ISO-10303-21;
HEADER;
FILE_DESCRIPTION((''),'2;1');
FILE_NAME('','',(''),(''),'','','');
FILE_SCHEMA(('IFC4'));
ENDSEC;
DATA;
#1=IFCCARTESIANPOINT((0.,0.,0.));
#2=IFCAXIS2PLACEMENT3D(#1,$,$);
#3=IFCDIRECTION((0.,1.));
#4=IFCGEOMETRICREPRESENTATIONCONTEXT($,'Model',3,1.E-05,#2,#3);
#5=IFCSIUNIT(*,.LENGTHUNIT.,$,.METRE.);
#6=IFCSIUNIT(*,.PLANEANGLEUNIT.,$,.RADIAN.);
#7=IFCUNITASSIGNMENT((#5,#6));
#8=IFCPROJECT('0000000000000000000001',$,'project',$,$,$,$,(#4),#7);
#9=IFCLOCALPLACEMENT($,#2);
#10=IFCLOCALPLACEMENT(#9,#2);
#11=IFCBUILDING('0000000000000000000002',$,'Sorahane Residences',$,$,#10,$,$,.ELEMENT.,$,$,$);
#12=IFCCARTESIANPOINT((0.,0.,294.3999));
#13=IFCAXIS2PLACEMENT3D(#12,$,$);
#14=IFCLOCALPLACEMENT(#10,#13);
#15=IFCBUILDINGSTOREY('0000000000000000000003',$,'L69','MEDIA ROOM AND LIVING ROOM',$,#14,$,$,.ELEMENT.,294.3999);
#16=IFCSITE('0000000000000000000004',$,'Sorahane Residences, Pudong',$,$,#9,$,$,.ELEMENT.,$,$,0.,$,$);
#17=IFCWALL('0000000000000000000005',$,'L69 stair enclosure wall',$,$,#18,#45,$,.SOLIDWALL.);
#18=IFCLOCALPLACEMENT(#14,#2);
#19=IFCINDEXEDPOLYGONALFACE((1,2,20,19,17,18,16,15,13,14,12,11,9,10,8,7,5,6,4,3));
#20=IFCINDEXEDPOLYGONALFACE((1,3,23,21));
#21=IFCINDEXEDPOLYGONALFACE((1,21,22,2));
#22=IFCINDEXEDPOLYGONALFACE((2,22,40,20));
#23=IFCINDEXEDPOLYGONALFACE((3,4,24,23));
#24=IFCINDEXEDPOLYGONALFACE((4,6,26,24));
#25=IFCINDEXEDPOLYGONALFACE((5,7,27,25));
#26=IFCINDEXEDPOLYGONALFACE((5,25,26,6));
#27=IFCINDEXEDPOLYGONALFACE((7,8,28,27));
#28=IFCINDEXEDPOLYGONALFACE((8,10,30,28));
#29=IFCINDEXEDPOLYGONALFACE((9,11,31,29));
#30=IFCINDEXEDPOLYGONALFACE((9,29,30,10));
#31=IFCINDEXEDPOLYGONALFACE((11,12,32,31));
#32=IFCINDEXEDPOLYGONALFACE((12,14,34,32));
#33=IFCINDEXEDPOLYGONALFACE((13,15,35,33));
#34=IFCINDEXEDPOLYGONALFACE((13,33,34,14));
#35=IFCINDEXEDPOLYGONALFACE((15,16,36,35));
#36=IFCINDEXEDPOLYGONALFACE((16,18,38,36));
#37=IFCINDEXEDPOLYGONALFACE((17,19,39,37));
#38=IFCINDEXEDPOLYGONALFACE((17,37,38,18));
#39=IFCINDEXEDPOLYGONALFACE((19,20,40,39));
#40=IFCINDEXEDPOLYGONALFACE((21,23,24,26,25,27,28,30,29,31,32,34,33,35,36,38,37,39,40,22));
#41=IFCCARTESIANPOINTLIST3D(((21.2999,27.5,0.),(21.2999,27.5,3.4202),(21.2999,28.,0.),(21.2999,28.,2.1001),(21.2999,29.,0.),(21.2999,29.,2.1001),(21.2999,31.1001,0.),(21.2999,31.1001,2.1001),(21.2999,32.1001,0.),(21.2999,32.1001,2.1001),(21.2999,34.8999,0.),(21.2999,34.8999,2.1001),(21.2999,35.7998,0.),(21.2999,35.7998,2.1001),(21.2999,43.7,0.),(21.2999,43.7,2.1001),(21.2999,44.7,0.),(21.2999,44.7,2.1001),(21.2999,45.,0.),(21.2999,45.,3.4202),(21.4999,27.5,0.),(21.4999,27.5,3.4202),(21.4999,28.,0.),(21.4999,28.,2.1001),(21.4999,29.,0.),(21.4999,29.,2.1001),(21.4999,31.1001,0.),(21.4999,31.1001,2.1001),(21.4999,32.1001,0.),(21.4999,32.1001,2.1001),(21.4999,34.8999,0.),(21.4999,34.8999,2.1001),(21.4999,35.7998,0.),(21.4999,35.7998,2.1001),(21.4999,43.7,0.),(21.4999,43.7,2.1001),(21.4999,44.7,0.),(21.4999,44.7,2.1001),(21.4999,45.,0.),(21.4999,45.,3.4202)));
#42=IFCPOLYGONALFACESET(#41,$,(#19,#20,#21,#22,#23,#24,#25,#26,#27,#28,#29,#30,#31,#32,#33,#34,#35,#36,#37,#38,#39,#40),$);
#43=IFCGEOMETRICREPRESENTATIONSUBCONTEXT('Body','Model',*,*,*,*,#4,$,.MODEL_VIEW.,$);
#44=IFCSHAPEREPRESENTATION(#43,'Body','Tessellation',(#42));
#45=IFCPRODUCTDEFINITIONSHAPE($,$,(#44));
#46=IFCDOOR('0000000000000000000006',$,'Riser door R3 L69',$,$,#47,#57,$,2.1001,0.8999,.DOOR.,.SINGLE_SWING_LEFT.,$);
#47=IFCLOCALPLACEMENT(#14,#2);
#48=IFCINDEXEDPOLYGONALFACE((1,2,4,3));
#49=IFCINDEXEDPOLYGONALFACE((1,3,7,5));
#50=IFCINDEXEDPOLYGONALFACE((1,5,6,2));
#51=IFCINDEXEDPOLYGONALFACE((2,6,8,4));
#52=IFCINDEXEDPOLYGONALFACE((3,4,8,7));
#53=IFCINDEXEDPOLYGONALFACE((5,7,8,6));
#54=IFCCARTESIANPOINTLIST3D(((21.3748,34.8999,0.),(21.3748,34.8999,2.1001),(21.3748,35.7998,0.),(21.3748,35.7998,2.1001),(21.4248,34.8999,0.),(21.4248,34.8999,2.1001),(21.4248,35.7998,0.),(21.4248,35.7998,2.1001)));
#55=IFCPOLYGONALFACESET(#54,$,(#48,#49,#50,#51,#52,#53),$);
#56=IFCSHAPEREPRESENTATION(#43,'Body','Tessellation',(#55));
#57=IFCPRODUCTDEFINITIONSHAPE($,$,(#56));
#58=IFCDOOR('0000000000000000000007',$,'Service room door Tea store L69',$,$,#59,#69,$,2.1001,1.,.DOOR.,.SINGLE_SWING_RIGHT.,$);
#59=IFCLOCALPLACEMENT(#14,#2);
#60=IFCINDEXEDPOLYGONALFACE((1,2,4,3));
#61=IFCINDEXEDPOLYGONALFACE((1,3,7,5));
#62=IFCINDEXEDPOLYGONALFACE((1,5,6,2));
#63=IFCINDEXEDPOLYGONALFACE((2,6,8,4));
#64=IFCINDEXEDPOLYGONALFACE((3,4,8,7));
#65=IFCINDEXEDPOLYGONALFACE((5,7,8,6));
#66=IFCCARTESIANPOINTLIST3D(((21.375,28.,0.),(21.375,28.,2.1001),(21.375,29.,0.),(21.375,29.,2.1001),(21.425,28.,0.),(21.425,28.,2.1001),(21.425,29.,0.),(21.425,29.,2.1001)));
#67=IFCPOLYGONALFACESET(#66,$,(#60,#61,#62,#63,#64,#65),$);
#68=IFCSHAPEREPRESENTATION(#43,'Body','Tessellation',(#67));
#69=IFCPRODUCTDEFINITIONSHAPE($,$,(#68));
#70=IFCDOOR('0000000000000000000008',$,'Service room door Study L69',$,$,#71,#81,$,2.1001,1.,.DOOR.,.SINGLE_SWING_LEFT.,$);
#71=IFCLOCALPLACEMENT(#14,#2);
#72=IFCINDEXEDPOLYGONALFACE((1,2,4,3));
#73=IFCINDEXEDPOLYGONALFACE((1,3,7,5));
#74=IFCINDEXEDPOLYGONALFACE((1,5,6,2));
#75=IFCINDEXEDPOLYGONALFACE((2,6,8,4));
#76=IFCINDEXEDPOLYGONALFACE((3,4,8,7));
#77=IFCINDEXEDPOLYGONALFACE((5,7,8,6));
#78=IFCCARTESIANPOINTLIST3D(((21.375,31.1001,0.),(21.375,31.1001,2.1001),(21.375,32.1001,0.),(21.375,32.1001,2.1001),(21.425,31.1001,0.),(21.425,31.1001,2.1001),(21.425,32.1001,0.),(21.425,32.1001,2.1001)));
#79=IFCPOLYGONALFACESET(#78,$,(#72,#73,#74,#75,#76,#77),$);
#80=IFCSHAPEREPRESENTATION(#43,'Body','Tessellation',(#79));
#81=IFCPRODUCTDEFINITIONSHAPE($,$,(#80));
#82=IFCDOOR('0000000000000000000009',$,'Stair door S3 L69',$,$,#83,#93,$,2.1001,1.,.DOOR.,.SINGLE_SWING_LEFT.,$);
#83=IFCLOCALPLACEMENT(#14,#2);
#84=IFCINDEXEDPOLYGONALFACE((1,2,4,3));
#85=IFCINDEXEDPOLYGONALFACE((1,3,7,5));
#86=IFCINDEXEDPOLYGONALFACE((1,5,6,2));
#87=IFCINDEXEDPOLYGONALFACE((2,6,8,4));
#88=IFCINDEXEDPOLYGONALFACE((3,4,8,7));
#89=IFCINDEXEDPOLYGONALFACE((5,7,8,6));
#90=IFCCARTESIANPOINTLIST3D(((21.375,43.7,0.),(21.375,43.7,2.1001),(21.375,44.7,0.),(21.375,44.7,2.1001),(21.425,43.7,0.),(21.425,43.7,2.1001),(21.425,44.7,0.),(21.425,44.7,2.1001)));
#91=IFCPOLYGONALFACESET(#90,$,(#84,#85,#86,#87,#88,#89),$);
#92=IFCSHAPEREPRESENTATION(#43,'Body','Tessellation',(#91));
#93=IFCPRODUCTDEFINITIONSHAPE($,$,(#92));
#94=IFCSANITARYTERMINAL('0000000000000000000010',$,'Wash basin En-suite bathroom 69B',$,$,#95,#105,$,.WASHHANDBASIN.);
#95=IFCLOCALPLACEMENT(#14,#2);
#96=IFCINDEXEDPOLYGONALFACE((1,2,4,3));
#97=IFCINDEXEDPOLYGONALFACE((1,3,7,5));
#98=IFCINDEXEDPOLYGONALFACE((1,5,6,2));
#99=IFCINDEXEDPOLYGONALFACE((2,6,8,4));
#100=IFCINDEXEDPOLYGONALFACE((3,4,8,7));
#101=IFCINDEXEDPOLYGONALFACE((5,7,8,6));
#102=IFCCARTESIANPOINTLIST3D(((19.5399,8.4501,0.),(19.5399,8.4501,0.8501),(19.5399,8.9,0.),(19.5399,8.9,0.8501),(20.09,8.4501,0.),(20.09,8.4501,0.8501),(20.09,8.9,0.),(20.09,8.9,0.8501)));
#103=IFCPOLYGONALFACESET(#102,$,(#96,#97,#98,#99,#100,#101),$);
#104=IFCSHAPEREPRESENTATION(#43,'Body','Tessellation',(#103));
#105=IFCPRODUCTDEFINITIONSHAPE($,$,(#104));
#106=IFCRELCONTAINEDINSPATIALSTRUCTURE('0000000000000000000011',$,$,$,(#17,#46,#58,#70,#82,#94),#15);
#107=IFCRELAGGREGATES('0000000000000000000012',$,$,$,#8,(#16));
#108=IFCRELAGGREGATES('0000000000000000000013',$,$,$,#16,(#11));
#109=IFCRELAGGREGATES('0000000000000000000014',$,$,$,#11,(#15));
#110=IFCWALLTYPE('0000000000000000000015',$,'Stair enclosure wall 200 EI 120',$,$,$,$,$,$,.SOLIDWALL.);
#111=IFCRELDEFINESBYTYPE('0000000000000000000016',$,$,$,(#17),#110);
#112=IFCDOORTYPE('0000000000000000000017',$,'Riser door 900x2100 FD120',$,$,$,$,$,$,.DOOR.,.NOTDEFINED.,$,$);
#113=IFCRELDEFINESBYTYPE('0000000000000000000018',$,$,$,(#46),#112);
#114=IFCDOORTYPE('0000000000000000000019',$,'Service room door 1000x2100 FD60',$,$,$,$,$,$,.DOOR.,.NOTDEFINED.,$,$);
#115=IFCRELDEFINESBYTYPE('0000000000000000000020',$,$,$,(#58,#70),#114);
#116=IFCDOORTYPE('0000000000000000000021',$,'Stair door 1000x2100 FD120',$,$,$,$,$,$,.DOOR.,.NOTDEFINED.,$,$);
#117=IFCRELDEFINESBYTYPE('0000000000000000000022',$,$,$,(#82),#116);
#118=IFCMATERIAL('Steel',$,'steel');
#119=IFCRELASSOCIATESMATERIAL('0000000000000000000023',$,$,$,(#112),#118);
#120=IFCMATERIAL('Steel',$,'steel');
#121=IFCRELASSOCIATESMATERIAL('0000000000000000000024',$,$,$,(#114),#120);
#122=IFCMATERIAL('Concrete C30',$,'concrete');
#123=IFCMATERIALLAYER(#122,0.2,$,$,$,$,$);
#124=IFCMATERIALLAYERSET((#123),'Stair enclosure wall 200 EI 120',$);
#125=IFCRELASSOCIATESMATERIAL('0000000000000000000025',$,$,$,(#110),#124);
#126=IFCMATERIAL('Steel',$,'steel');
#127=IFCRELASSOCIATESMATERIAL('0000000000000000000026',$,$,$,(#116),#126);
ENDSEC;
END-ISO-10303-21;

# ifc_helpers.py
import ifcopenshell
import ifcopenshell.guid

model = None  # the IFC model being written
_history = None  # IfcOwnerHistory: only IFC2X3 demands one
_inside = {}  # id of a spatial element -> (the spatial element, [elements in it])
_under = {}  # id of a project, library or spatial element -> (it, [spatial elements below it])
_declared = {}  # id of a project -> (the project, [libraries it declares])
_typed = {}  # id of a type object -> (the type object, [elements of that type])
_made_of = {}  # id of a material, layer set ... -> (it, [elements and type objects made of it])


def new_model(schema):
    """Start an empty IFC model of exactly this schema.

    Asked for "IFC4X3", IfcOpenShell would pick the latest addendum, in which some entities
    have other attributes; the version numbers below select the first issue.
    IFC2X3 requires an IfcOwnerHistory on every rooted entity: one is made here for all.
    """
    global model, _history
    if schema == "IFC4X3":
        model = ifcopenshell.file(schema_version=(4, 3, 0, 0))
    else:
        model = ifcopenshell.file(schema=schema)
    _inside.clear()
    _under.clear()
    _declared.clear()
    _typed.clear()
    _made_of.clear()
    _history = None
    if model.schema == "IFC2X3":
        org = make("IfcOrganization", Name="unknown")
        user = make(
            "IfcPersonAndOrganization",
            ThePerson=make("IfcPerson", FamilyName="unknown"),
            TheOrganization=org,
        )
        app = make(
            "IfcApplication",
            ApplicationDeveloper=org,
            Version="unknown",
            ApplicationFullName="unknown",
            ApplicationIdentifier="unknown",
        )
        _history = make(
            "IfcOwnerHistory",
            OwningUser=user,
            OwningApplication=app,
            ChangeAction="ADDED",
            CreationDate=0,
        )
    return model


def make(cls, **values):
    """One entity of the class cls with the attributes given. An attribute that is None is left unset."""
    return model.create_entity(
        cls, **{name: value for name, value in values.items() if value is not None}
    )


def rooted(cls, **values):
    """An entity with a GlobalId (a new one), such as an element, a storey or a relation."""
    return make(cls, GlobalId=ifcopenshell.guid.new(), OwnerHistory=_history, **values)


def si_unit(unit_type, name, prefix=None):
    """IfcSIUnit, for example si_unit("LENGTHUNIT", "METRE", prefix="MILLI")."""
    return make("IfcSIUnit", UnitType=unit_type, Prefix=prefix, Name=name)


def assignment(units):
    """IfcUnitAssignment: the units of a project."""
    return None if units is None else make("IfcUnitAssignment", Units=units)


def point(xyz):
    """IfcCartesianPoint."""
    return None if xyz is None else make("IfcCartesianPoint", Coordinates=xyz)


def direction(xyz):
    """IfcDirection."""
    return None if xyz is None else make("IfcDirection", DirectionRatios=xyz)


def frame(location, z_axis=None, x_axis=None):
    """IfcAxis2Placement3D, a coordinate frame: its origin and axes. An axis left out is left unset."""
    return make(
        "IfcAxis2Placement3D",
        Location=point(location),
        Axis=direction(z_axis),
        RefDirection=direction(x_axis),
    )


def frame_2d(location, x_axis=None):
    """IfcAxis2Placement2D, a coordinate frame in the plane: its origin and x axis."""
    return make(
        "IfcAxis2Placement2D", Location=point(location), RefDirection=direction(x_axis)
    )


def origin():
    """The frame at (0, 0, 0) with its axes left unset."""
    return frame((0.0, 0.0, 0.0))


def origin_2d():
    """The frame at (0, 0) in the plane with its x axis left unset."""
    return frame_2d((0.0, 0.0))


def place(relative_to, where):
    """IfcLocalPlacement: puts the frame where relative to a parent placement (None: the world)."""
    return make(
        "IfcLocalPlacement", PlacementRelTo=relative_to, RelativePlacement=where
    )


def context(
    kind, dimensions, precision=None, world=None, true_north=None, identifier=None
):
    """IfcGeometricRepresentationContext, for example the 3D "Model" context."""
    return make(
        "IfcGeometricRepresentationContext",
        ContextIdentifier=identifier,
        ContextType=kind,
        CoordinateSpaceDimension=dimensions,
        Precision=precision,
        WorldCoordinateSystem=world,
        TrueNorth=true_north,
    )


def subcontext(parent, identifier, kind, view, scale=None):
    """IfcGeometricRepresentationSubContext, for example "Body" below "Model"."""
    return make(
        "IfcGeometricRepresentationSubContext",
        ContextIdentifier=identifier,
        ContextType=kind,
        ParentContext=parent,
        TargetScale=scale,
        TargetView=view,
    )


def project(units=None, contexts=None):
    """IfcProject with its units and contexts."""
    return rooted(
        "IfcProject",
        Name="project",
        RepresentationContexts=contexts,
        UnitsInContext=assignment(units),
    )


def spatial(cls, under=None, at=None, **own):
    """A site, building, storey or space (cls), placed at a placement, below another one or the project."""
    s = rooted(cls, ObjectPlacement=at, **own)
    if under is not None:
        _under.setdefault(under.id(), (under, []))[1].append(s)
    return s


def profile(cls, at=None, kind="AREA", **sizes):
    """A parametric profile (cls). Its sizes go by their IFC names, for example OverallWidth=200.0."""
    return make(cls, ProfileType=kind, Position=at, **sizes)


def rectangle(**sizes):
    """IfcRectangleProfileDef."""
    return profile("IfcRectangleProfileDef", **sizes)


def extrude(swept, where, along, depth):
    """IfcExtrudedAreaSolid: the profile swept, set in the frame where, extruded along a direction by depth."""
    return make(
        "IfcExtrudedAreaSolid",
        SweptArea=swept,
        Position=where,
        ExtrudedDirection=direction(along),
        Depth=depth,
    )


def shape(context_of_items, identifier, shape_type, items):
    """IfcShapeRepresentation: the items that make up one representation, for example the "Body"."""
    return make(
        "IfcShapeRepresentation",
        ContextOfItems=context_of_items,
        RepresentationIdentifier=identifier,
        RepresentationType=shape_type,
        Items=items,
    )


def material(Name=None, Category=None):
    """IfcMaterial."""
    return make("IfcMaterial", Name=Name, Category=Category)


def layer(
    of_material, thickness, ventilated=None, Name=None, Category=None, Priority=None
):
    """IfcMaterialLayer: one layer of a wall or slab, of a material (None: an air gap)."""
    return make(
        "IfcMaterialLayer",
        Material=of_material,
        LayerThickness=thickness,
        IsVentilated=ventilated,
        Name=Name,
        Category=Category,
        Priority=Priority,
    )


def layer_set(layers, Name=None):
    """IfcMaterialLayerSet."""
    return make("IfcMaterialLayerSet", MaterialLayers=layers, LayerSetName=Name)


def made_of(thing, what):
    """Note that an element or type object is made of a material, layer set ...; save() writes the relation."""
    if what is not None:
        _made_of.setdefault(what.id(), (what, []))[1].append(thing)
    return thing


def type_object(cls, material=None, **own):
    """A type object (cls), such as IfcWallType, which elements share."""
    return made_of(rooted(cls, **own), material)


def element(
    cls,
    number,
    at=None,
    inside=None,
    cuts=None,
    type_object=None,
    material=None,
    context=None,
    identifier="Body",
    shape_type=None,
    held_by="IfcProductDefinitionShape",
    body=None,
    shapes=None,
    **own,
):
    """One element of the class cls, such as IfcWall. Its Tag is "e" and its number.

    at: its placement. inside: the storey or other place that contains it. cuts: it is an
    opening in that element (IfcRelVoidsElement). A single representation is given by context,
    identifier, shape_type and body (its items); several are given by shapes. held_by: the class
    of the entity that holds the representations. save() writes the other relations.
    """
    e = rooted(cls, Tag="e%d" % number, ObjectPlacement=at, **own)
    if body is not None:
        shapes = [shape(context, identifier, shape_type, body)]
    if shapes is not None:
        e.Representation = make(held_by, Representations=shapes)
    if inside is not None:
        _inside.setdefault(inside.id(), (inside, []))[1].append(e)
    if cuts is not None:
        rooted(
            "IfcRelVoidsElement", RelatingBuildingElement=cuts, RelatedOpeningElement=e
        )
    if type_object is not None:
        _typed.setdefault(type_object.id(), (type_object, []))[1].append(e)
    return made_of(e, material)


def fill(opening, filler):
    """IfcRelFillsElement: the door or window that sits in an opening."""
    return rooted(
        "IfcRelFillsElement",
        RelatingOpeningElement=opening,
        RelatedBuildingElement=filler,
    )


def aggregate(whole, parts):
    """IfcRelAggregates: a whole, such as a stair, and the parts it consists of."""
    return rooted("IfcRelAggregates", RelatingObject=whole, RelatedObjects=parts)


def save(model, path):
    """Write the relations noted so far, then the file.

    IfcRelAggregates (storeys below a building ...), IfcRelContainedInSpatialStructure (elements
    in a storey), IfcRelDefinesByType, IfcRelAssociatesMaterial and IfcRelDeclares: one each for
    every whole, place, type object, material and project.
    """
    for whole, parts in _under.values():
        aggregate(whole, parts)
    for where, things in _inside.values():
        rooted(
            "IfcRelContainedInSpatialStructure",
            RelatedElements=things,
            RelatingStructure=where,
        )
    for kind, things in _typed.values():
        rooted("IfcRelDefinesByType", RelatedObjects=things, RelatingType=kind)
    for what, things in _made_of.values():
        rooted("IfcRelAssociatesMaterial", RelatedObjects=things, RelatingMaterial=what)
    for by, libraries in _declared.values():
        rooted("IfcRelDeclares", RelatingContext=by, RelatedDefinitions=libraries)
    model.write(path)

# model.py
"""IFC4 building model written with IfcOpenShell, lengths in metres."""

from ifc_helpers import new_model, si_unit, direction, frame, frame_2d, origin, origin_2d, place, context, subcontext, project, spatial, rectangle, extrude, material, layer, layer_set, type_object, element, fill, save


model = new_model("IFC4")

# Units and contexts
model_context = context("Model", 3, precision=1e-05, world=origin(), true_north=direction((0.0, 1.0)))
body_context = subcontext(model_context, "Body", "Model", "MODEL_VIEW")
ifc_project = project(units=[si_unit("LENGTHUNIT", "METRE"), si_unit("PLANEANGLEUNIT", "RADIAN")], contexts=[model_context])

# Site, building, storey
site_placement = place(None, origin())
site = spatial("IfcSite", under=ifc_project, at=site_placement, Name="Sorahane Residences, Pudong", CompositionType="ELEMENT", RefElevation=0.0)
building_placement = place(site_placement, origin())
building = spatial("IfcBuilding", under=site, at=building_placement, Name="Sorahane Residences", CompositionType="ELEMENT")
storey_placement = place(building_placement, frame((0.0, 0.0, 294.3999)))
storey = spatial("IfcBuildingStorey", under=building, at=storey_placement, Name="L69", Description="MEDIA ROOM AND LIVING ROOM", CompositionType="ELEMENT", Elevation=294.3999)

# Wall, openings, doors
ifc_material_1 = material(Name="Steel", Category="steel")
door_type_1 = type_object("IfcDoorType", Name="Riser door 900x2100 FD120", OperationType="NOTDEFINED", PredefinedType="DOOR", material=ifc_material_1)
ifc_material_2 = material(Name="Steel", Category="steel")
door_type_2 = type_object("IfcDoorType", Name="Service room door 1000x2100 FD60", OperationType="NOTDEFINED", PredefinedType="DOOR", material=ifc_material_2)
ifc_material_3 = material(Name="Concrete C30", Category="concrete")
ifc_layer_1 = layer(ifc_material_3, 0.2)
ifc_layer_set_1 = layer_set([ifc_layer_1], Name="Stair enclosure wall 200 EI 120")
wall_type_1 = type_object("IfcWallType", Name="Stair enclosure wall 200 EI 120", PredefinedType="SOLIDWALL", material=ifc_layer_set_1)
wall_1_placement = place(storey_placement, frame((21.3999, 27.5, 0.0), z_axis=(0.0, 0.0, 1.0), x_axis=(0.0, 1.0, 0.0)))
wall_1 = element("IfcWall", 1, at=wall_1_placement, inside=storey, type_object=wall_type_1, Name="L69 stair enclosure wall", PredefinedType="SOLIDWALL", context=body_context, shape_type="SweptSolid", body=[
    extrude(rectangle(XDim=17.5, YDim=0.2, at=frame_2d((8.75, 0.0))), origin(), (0.0, 0.0, 1.0), 3.4202),
])
opening_1_placement = place(wall_1_placement, frame((0.5, 0.0, 0.0)))
opening_1 = element("IfcOpeningElement", 2, at=opening_1_placement, cuts=wall_1, PredefinedType="OPENING", context=body_context, shape_type="SweptSolid", body=[
    extrude(rectangle(XDim=1.0, YDim=2.1001, at=frame_2d((0.5, 1.05))), frame((0.0, 0.1099, 0.0), z_axis=(0.0, -1.0, 0.0), x_axis=(1.0, 0.0, 0.0)), (0.0, 0.0, 1.0), 0.22),
])
opening_2_placement = place(wall_1_placement, frame((3.6001, 0.0, 0.0)))
opening_2 = element("IfcOpeningElement", 3, at=opening_2_placement, cuts=wall_1, PredefinedType="OPENING", context=body_context, shape_type="SweptSolid", body=[
    extrude(rectangle(XDim=1.0, YDim=2.1001, at=frame_2d((0.5, 1.05))), frame((0.0, 0.1099, 0.0), z_axis=(0.0, -1.0, 0.0), x_axis=(1.0, 0.0, 0.0)), (0.0, 0.0, 1.0), 0.22),
])
opening_3_placement = place(wall_1_placement, frame((16.2, 0.0, 0.0)))
opening_3 = element("IfcOpeningElement", 4, at=opening_3_placement, cuts=wall_1, PredefinedType="OPENING", context=body_context, shape_type="SweptSolid", body=[
    extrude(rectangle(XDim=1.0, YDim=2.1001, at=frame_2d((0.5, 1.05))), frame((0.0, 0.1099, 0.0), z_axis=(0.0, -1.0, 0.0), x_axis=(1.0, 0.0, 0.0)), (0.0, 0.0, 1.0), 0.22),
])
opening_4_placement = place(wall_1_placement, frame((7.3999, 0.0, 0.0)))
opening_4 = element("IfcOpeningElement", 5, at=opening_4_placement, cuts=wall_1, PredefinedType="OPENING", context=body_context, shape_type="SweptSolid", body=[
    extrude(rectangle(XDim=0.8999, YDim=2.1001, at=frame_2d((0.45, 1.05))), frame((0.0, 0.1099, 0.0), z_axis=(0.0, -1.0, 0.0), x_axis=(1.0, 0.0, 0.0)), (0.0, 0.0, 1.0), 0.22),
])
door_1_placement = place(opening_4_placement, frame((0.8999, 0.0, 0.0), z_axis=(0.0, 0.0, 1.0), x_axis=(-1.0, 0.0, 0.0)))
door_1 = element("IfcDoor", 6, at=door_1_placement, inside=storey, type_object=door_type_1, Name="Riser door R3 L69", OperationType="SINGLE_SWING_LEFT", OverallHeight=2.1001, OverallWidth=0.8999, PredefinedType="DOOR", context=body_context, shape_type="SweptSolid", body=[
    extrude(rectangle(XDim=0.8999, YDim=2.1001, at=frame_2d((0.45, 1.05))), frame((0.0, 0.0249, 0.0), z_axis=(0.0, -1.0, 0.0), x_axis=(1.0, 0.0, 0.0)), (0.0, 0.0, 1.0), 0.05),
])
fill(opening_4, door_1)
door_2_placement = place(opening_1_placement, origin())
door_2 = element("IfcDoor", 7, at=door_2_placement, inside=storey, type_object=door_type_2, Name="Service room door Tea store L69", OperationType="SINGLE_SWING_RIGHT", OverallHeight=2.1001, OverallWidth=1.0, PredefinedType="DOOR", context=body_context, shape_type="SweptSolid", body=[
    extrude(rectangle(XDim=1.0, YDim=2.1001, at=frame_2d((0.5, 1.05))), frame((0.0, 0.0249, 0.0), z_axis=(0.0, -1.0, 0.0), x_axis=(1.0, 0.0, 0.0)), (0.0, 0.0, 1.0), 0.05),
])
fill(opening_1, door_2)
door_3_placement = place(opening_2_placement, origin())
door_3 = element("IfcDoor", 8, at=door_3_placement, inside=storey, type_object=door_type_2, Name="Service room door Study L69", OperationType="SINGLE_SWING_LEFT", OverallHeight=2.1001, OverallWidth=1.0, PredefinedType="DOOR", context=body_context, shape_type="SweptSolid", body=[
    extrude(rectangle(XDim=1.0, YDim=2.1001, at=frame_2d((0.5, 1.05))), frame((0.0, 0.0249, 0.0), z_axis=(0.0, -1.0, 0.0), x_axis=(1.0, 0.0, 0.0)), (0.0, 0.0, 1.0), 0.05),
])
fill(opening_2, door_3)
ifc_material_4 = material(Name="Steel", Category="steel")
door_type_3 = type_object("IfcDoorType", Name="Stair door 1000x2100 FD120", OperationType="NOTDEFINED", PredefinedType="DOOR", material=ifc_material_4)
door_4_placement = place(opening_3_placement, origin())
door_4 = element("IfcDoor", 9, at=door_4_placement, inside=storey, type_object=door_type_3, Name="Stair door S3 L69", OperationType="SINGLE_SWING_LEFT", OverallHeight=2.1001, OverallWidth=1.0, PredefinedType="DOOR", context=body_context, shape_type="SweptSolid", body=[
    extrude(rectangle(XDim=1.0, YDim=2.1001, at=frame_2d((0.5, 1.05))), frame((0.0, 0.0249, 0.0), z_axis=(0.0, -1.0, 0.0), x_axis=(1.0, 0.0, 0.0)), (0.0, 0.0, 1.0), 0.05),
])
fill(opening_3, door_4)

# Sanitary terminal
sanitary_terminal_placement = place(storey_placement, frame((19.8149, 8.675, 0.0), z_axis=(0.0, 0.0, 1.0), x_axis=(1.0, 0.0, 0.0)))
element("IfcSanitaryTerminal", 10, at=sanitary_terminal_placement, inside=storey, Name="Wash basin En-suite bathroom 69B", PredefinedType="WASHHANDBASIN", context=body_context, shape_type="SweptSolid", body=[
    extrude(rectangle(XDim=0.55, YDim=0.45, at=origin_2d()), origin(), (0.0, 0.0, 1.0), 0.8501),
])

save(model, "model.ifc")
